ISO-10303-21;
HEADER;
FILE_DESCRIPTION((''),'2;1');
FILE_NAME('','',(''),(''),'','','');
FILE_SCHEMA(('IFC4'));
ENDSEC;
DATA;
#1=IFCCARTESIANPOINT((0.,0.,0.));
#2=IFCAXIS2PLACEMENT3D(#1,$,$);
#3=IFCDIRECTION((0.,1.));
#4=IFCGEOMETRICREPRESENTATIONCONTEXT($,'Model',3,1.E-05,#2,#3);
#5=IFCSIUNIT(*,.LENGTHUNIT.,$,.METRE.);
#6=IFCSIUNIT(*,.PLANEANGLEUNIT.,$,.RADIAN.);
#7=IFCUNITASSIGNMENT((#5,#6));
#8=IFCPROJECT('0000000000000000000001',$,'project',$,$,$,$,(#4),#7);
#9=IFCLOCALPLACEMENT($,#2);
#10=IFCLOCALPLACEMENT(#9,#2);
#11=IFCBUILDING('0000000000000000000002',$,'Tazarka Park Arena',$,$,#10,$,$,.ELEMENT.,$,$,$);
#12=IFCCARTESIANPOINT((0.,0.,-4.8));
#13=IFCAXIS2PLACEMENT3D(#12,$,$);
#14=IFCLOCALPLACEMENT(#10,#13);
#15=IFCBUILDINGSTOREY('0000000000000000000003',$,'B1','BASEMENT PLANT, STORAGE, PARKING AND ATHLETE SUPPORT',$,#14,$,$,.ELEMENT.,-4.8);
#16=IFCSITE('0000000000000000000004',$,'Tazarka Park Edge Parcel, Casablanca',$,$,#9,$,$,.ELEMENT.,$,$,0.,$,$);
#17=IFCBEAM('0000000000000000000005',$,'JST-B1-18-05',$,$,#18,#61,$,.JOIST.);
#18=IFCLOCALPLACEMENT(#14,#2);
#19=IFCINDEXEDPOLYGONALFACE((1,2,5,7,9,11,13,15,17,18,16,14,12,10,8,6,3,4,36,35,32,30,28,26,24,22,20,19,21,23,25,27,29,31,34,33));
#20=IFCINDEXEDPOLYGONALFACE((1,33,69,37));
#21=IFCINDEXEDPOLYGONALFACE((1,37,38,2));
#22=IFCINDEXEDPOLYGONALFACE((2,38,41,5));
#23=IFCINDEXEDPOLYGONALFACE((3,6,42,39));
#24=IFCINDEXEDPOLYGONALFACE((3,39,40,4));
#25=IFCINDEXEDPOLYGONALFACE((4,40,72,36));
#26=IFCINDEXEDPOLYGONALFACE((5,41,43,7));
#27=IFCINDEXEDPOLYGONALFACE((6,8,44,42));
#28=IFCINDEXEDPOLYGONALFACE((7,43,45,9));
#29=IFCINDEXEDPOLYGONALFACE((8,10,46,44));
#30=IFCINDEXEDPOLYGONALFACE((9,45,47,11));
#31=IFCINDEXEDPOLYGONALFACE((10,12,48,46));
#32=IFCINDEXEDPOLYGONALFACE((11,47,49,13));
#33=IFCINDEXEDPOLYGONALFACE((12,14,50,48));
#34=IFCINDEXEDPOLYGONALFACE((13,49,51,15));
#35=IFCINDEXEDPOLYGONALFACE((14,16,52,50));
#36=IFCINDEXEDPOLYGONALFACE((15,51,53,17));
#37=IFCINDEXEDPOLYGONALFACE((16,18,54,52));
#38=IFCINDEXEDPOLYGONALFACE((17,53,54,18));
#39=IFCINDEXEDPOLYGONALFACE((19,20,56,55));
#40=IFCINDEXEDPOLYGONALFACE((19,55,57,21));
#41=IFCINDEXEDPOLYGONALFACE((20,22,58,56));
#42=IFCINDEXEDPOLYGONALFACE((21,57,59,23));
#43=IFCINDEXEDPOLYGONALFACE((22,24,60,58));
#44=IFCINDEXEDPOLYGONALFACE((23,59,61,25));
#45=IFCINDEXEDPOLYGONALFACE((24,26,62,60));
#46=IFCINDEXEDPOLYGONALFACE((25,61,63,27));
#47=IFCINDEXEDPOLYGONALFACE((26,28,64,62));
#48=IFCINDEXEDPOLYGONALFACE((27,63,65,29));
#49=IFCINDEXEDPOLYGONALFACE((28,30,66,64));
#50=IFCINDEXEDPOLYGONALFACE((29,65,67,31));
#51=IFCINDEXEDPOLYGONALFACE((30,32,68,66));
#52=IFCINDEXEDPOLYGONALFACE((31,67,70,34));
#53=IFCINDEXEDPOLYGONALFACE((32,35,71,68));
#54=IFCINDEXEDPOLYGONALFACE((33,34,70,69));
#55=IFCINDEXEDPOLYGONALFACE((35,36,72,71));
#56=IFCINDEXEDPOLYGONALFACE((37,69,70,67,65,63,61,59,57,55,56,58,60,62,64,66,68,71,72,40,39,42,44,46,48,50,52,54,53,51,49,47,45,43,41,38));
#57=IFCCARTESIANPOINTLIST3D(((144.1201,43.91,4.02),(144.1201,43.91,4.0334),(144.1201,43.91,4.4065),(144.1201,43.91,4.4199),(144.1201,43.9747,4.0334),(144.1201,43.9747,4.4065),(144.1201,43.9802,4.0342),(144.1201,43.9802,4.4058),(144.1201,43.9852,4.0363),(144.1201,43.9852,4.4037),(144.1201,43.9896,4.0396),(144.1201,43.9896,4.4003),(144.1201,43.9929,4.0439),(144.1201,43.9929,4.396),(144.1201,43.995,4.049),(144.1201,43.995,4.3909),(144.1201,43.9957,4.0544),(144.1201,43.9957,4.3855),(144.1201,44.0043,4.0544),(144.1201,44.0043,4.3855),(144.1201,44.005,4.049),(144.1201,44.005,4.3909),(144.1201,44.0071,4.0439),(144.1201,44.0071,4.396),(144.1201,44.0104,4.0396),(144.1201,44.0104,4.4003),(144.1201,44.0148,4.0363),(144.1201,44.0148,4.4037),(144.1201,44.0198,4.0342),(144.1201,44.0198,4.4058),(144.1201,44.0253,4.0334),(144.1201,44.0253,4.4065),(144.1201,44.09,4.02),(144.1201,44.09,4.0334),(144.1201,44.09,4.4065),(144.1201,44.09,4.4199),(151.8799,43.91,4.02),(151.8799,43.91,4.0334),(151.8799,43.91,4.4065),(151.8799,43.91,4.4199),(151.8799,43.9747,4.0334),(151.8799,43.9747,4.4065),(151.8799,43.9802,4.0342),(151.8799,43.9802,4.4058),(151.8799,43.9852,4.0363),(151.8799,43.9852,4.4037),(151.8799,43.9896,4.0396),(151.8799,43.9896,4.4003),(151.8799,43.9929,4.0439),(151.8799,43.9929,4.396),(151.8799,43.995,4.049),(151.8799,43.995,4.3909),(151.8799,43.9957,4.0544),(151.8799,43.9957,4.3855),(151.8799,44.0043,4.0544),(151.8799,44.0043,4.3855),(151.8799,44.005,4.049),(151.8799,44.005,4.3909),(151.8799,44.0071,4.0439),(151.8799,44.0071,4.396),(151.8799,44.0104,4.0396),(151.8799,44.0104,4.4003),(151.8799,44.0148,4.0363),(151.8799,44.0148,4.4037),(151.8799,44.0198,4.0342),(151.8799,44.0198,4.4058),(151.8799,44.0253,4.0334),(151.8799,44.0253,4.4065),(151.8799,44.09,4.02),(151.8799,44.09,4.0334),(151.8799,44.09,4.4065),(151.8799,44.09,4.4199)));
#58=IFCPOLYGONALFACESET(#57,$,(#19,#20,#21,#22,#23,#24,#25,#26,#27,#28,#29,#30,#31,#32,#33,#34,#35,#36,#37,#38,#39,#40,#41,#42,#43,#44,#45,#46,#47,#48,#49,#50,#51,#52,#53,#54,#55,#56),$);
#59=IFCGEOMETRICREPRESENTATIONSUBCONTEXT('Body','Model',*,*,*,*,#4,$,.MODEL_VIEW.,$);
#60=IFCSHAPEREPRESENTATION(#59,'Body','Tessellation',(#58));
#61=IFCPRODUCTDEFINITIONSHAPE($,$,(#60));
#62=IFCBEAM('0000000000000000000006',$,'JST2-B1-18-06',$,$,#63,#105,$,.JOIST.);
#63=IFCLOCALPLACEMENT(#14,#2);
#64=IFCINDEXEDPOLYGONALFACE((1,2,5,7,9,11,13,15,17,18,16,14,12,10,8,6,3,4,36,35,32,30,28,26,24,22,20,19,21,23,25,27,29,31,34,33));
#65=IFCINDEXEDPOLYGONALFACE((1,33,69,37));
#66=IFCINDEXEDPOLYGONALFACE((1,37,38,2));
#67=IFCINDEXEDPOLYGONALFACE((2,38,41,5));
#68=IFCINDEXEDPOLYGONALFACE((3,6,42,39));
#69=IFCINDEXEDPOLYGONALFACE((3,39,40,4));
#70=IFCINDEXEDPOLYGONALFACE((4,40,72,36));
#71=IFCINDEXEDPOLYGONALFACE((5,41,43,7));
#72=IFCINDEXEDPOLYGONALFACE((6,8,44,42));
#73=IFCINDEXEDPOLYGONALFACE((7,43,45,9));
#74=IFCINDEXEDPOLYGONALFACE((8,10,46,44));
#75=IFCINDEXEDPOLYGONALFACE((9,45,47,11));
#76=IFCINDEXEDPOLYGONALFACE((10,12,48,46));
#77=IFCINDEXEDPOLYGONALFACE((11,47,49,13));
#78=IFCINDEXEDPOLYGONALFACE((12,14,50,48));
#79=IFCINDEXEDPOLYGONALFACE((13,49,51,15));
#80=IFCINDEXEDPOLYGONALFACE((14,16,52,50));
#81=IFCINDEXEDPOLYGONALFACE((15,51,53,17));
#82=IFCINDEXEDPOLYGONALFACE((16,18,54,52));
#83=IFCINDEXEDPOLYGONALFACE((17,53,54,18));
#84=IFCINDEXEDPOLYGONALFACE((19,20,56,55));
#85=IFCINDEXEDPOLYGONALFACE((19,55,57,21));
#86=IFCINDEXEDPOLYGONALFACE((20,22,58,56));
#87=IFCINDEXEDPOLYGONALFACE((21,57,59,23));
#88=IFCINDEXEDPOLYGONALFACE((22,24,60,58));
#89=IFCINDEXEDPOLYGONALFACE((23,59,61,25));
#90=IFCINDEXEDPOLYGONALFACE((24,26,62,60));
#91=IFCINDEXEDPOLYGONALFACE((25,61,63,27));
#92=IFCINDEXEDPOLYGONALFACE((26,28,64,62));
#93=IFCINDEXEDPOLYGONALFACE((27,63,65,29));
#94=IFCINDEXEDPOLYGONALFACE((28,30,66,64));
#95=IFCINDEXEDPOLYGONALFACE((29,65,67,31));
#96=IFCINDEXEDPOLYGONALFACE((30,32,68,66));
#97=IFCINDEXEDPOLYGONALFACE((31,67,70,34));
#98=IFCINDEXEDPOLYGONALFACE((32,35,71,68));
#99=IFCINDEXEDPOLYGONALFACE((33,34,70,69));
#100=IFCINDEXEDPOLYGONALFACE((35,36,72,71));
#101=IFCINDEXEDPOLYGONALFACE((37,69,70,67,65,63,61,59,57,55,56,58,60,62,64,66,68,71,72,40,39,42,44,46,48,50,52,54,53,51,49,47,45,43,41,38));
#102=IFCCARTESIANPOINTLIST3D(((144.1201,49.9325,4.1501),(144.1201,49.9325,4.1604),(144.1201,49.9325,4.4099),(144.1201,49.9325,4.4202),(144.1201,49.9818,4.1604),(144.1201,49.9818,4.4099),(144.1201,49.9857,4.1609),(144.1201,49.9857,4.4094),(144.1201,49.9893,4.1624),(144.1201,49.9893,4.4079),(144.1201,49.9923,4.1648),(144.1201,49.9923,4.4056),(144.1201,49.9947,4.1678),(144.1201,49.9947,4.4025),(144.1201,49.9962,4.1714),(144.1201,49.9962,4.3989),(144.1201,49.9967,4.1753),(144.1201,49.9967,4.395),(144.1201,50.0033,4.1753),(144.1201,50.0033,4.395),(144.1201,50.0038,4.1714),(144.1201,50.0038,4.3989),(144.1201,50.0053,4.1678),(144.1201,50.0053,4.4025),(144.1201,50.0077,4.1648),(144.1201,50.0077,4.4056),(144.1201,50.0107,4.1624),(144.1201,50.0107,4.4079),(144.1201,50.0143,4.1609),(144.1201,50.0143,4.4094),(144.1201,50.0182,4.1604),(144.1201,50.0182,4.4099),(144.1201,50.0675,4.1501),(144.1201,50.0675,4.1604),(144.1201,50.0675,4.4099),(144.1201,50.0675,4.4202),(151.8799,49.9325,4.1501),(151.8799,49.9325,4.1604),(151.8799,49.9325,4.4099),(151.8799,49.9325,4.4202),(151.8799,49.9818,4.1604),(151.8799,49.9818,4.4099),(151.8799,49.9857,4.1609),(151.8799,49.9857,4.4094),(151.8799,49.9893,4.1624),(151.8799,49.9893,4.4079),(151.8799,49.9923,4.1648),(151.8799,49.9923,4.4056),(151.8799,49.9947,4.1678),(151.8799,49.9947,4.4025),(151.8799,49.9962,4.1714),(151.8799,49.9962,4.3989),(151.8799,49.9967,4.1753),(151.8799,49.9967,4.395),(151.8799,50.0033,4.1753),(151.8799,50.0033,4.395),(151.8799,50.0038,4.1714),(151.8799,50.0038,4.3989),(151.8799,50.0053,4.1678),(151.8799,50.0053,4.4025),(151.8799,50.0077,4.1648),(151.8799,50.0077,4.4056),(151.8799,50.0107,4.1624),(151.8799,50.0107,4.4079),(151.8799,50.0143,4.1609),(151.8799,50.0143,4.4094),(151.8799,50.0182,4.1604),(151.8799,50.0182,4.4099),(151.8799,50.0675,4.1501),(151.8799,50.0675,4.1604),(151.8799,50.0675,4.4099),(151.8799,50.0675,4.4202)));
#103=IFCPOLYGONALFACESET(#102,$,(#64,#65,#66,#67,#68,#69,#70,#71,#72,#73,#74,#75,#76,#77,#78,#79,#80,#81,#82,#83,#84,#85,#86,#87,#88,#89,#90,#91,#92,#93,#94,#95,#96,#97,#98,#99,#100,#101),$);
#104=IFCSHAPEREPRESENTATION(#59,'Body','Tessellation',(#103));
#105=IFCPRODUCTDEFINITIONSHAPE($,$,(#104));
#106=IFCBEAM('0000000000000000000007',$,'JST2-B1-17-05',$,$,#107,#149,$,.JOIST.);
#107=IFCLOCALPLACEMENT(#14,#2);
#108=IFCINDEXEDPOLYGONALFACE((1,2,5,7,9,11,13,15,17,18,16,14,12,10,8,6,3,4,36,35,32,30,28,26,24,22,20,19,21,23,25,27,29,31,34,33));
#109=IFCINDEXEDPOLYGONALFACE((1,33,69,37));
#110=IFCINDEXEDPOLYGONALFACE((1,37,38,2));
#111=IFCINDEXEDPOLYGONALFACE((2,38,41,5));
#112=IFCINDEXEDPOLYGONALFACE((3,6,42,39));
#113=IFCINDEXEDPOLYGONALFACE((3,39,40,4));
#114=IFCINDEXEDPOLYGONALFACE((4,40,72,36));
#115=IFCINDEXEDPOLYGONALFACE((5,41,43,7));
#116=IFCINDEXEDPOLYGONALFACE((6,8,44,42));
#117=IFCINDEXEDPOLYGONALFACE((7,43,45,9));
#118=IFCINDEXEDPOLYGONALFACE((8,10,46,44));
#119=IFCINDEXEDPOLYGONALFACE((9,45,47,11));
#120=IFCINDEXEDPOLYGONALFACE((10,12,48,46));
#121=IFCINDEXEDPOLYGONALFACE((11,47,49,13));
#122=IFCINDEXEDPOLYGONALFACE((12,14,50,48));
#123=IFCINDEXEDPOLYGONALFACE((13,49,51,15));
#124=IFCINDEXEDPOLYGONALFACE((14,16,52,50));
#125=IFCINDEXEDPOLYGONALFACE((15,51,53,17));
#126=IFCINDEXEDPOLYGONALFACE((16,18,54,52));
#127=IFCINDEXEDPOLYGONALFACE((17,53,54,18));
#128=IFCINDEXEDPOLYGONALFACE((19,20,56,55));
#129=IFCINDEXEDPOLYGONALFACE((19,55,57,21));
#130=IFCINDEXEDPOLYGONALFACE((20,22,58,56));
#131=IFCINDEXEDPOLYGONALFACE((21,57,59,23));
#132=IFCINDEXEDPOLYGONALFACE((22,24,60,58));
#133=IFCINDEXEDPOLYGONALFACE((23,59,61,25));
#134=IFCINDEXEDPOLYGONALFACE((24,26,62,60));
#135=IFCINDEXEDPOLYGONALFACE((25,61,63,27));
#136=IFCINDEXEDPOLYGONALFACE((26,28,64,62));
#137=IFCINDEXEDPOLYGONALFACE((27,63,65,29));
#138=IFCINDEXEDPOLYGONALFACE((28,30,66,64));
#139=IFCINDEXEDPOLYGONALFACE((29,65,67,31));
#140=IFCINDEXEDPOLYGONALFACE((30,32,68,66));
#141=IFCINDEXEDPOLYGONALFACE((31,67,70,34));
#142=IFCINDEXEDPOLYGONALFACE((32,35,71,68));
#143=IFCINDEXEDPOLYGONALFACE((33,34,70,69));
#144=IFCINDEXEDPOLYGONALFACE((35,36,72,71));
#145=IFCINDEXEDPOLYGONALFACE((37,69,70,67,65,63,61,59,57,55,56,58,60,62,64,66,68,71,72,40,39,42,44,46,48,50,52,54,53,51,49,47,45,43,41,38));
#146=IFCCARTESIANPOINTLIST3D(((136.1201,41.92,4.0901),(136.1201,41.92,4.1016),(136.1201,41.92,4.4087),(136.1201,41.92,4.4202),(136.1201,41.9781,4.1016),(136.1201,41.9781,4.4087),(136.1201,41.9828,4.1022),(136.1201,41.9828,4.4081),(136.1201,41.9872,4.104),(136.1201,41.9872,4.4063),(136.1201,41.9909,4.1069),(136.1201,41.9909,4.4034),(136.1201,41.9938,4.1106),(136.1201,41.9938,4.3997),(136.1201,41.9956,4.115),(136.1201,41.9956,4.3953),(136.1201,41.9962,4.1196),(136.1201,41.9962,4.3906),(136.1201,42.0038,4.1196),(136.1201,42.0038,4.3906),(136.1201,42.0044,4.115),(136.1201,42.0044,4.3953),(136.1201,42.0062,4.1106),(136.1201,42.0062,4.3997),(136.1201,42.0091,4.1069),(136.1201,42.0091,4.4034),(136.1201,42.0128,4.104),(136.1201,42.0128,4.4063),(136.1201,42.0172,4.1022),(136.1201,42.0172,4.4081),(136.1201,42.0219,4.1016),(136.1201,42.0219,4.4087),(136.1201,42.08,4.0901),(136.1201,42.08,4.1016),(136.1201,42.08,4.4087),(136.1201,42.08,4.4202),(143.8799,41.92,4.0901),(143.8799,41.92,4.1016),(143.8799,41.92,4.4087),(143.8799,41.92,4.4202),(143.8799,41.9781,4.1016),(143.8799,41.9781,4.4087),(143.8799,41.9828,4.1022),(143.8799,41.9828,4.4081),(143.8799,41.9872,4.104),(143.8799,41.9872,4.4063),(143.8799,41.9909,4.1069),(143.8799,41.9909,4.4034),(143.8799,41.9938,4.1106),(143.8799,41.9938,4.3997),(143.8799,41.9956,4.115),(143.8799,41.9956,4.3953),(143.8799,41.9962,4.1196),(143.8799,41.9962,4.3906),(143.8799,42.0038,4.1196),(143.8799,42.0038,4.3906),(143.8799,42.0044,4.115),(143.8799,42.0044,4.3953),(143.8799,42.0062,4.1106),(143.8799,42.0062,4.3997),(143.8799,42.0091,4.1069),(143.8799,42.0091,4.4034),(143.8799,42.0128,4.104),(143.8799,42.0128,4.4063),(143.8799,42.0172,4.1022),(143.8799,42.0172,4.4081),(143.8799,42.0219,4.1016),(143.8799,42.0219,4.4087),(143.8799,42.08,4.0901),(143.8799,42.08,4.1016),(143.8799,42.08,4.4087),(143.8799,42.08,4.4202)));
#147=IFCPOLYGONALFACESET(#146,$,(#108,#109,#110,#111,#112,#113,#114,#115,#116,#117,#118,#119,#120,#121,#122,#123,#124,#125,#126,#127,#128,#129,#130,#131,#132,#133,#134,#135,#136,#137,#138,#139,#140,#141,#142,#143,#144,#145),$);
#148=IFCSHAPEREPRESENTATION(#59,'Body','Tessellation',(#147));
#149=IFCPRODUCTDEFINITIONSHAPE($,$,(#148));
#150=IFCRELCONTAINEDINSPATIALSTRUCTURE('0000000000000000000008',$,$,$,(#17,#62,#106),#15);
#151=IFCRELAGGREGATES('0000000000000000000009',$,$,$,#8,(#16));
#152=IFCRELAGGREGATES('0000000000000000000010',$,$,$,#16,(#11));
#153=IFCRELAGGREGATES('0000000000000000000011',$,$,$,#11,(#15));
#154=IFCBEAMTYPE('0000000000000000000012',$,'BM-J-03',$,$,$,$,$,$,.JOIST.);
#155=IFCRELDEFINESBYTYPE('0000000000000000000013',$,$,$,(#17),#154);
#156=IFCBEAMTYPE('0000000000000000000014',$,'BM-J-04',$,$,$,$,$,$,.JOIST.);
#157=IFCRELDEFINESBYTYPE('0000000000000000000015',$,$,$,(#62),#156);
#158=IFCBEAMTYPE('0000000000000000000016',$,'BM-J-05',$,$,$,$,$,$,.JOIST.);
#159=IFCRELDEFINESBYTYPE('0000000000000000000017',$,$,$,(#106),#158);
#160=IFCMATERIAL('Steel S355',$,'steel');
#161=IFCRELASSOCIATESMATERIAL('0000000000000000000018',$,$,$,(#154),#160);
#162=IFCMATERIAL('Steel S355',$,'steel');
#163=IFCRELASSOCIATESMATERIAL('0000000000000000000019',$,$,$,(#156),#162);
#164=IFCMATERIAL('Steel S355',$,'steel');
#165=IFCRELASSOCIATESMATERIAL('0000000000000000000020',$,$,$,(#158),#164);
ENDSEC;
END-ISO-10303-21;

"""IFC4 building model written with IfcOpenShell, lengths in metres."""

from ifc_helpers import new_model, si_unit, direction, frame, origin, origin_2d, place, context, subcontext, project, spatial, i_section, extrude, material, material_profile, profile_set, type_object, element, save


model = new_model("IFC4")

# Units and contexts
model_context = context("Model", 3, precision=1e-05, world=origin(), true_north=direction((0.0, 1.0)))
body_context = subcontext(model_context, "Body", "Model", "MODEL_VIEW")
ifc_project = project(units=[si_unit("LENGTHUNIT", "METRE"), si_unit("PLANEANGLEUNIT", "RADIAN")], contexts=[model_context])

# Site, building, storey
site_placement = place(None, origin())
site = spatial("IfcSite", under=ifc_project, at=site_placement, Name="Tazarka Park Edge Parcel, Casablanca", CompositionType="ELEMENT", RefElevation=0.0)
building_placement = place(site_placement, origin())
building = spatial("IfcBuilding", under=site, at=building_placement, Name="Tazarka Park Arena", CompositionType="ELEMENT")
storey_placement = place(building_placement, frame((0.0, 0.0, -4.8)))
storey = spatial("IfcBuildingStorey", under=building, at=storey_placement, Name="B1", Description="BASEMENT PLANT, STORAGE, PARKING AND ATHLETE SUPPORT", CompositionType="ELEMENT", Elevation=-4.8)

# Beams
ifc_material_1 = material(Name="Steel S355", Category="steel")
ifc_material_profile_1 = material_profile(ifc_material_1, i_section(OverallWidth=0.1799, OverallDepth=0.3999, WebThickness=0.0085, FlangeThickness=0.0134, FilletRadius=0.021, at=origin_2d()), Name="Steel S355")
ifc_profile_set_1 = profile_set([ifc_material_profile_1], Name="Steel S355")
beam_type_1 = type_object("IfcBeamType", Name="BM-J-03", PredefinedType="JOIST", material=ifc_profile_set_1)
for number, where, z_axis, x_axis, name in (
    (1, (144.1201, 44.0, 4.22), (1.0, 0.0, 0.0), (0.0, 1.0, 0.0), "JST-B1-18-05"),
):
    element("IfcBeam", number, at=place(storey_placement, frame(where, z_axis=z_axis, x_axis=x_axis)), inside=storey, type_object=beam_type_1, Name=name, PredefinedType="JOIST", context=body_context, shape_type="SweptSolid", body=[
        extrude(i_section(OverallWidth=0.1799, OverallDepth=0.3999, WebThickness=0.0085, FlangeThickness=0.0134, FilletRadius=0.021, at=origin_2d()), origin(), (0.0, 0.0, 1.0), 7.7598),
    ])
ifc_material_2 = material(Name="Steel S355", Category="steel")
ifc_material_profile_2 = material_profile(ifc_material_2, i_section(OverallWidth=0.135, OverallDepth=0.27, WebThickness=0.0066, FlangeThickness=0.0103, FilletRadius=0.0149, at=origin_2d()), Name="Steel S355")
ifc_profile_set_2 = profile_set([ifc_material_profile_2], Name="Steel S355")
beam_type_2 = type_object("IfcBeamType", Name="BM-J-04", PredefinedType="JOIST", material=ifc_profile_set_2)
beam_1_placement = place(storey_placement, frame((144.1201, 50.0, 4.2852), z_axis=(1.0, 0.0, 0.0), x_axis=(0.0, 1.0, 0.0)))
element("IfcBeam", 2, at=beam_1_placement, inside=storey, type_object=beam_type_2, Name="JST2-B1-18-06", PredefinedType="JOIST", context=body_context, shape_type="SweptSolid", body=[
    extrude(i_section(OverallWidth=0.135, OverallDepth=0.27, WebThickness=0.0066, FlangeThickness=0.0103, FilletRadius=0.0149, at=origin_2d()), origin(), (0.0, 0.0, 1.0), 7.7598),
])
ifc_material_3 = material(Name="Steel S355", Category="steel")
ifc_material_profile_3 = material_profile(ifc_material_3, i_section(OverallWidth=0.1599, OverallDepth=0.3301, WebThickness=0.0076, FlangeThickness=0.0115, FilletRadius=0.0181, at=origin_2d()), Name="Steel S355")
ifc_profile_set_3 = profile_set([ifc_material_profile_3], Name="Steel S355")
beam_type_3 = type_object("IfcBeamType", Name="BM-J-05", PredefinedType="JOIST", material=ifc_profile_set_3)
beam_2_placement = place(storey_placement, frame((136.1201, 42.0, 4.2551), z_axis=(1.0, 0.0, 0.0), x_axis=(0.0, 1.0, 0.0)))
element("IfcBeam", 3, at=beam_2_placement, inside=storey, type_object=beam_type_3, Name="JST2-B1-17-05", PredefinedType="JOIST", context=body_context, shape_type="SweptSolid", body=[
    extrude(i_section(OverallWidth=0.1599, OverallDepth=0.3301, WebThickness=0.0076, FlangeThickness=0.0115, FilletRadius=0.0181, at=origin_2d()), origin(), (0.0, 0.0, 1.0), 7.7598),
])

save(model, "model.ifc")
